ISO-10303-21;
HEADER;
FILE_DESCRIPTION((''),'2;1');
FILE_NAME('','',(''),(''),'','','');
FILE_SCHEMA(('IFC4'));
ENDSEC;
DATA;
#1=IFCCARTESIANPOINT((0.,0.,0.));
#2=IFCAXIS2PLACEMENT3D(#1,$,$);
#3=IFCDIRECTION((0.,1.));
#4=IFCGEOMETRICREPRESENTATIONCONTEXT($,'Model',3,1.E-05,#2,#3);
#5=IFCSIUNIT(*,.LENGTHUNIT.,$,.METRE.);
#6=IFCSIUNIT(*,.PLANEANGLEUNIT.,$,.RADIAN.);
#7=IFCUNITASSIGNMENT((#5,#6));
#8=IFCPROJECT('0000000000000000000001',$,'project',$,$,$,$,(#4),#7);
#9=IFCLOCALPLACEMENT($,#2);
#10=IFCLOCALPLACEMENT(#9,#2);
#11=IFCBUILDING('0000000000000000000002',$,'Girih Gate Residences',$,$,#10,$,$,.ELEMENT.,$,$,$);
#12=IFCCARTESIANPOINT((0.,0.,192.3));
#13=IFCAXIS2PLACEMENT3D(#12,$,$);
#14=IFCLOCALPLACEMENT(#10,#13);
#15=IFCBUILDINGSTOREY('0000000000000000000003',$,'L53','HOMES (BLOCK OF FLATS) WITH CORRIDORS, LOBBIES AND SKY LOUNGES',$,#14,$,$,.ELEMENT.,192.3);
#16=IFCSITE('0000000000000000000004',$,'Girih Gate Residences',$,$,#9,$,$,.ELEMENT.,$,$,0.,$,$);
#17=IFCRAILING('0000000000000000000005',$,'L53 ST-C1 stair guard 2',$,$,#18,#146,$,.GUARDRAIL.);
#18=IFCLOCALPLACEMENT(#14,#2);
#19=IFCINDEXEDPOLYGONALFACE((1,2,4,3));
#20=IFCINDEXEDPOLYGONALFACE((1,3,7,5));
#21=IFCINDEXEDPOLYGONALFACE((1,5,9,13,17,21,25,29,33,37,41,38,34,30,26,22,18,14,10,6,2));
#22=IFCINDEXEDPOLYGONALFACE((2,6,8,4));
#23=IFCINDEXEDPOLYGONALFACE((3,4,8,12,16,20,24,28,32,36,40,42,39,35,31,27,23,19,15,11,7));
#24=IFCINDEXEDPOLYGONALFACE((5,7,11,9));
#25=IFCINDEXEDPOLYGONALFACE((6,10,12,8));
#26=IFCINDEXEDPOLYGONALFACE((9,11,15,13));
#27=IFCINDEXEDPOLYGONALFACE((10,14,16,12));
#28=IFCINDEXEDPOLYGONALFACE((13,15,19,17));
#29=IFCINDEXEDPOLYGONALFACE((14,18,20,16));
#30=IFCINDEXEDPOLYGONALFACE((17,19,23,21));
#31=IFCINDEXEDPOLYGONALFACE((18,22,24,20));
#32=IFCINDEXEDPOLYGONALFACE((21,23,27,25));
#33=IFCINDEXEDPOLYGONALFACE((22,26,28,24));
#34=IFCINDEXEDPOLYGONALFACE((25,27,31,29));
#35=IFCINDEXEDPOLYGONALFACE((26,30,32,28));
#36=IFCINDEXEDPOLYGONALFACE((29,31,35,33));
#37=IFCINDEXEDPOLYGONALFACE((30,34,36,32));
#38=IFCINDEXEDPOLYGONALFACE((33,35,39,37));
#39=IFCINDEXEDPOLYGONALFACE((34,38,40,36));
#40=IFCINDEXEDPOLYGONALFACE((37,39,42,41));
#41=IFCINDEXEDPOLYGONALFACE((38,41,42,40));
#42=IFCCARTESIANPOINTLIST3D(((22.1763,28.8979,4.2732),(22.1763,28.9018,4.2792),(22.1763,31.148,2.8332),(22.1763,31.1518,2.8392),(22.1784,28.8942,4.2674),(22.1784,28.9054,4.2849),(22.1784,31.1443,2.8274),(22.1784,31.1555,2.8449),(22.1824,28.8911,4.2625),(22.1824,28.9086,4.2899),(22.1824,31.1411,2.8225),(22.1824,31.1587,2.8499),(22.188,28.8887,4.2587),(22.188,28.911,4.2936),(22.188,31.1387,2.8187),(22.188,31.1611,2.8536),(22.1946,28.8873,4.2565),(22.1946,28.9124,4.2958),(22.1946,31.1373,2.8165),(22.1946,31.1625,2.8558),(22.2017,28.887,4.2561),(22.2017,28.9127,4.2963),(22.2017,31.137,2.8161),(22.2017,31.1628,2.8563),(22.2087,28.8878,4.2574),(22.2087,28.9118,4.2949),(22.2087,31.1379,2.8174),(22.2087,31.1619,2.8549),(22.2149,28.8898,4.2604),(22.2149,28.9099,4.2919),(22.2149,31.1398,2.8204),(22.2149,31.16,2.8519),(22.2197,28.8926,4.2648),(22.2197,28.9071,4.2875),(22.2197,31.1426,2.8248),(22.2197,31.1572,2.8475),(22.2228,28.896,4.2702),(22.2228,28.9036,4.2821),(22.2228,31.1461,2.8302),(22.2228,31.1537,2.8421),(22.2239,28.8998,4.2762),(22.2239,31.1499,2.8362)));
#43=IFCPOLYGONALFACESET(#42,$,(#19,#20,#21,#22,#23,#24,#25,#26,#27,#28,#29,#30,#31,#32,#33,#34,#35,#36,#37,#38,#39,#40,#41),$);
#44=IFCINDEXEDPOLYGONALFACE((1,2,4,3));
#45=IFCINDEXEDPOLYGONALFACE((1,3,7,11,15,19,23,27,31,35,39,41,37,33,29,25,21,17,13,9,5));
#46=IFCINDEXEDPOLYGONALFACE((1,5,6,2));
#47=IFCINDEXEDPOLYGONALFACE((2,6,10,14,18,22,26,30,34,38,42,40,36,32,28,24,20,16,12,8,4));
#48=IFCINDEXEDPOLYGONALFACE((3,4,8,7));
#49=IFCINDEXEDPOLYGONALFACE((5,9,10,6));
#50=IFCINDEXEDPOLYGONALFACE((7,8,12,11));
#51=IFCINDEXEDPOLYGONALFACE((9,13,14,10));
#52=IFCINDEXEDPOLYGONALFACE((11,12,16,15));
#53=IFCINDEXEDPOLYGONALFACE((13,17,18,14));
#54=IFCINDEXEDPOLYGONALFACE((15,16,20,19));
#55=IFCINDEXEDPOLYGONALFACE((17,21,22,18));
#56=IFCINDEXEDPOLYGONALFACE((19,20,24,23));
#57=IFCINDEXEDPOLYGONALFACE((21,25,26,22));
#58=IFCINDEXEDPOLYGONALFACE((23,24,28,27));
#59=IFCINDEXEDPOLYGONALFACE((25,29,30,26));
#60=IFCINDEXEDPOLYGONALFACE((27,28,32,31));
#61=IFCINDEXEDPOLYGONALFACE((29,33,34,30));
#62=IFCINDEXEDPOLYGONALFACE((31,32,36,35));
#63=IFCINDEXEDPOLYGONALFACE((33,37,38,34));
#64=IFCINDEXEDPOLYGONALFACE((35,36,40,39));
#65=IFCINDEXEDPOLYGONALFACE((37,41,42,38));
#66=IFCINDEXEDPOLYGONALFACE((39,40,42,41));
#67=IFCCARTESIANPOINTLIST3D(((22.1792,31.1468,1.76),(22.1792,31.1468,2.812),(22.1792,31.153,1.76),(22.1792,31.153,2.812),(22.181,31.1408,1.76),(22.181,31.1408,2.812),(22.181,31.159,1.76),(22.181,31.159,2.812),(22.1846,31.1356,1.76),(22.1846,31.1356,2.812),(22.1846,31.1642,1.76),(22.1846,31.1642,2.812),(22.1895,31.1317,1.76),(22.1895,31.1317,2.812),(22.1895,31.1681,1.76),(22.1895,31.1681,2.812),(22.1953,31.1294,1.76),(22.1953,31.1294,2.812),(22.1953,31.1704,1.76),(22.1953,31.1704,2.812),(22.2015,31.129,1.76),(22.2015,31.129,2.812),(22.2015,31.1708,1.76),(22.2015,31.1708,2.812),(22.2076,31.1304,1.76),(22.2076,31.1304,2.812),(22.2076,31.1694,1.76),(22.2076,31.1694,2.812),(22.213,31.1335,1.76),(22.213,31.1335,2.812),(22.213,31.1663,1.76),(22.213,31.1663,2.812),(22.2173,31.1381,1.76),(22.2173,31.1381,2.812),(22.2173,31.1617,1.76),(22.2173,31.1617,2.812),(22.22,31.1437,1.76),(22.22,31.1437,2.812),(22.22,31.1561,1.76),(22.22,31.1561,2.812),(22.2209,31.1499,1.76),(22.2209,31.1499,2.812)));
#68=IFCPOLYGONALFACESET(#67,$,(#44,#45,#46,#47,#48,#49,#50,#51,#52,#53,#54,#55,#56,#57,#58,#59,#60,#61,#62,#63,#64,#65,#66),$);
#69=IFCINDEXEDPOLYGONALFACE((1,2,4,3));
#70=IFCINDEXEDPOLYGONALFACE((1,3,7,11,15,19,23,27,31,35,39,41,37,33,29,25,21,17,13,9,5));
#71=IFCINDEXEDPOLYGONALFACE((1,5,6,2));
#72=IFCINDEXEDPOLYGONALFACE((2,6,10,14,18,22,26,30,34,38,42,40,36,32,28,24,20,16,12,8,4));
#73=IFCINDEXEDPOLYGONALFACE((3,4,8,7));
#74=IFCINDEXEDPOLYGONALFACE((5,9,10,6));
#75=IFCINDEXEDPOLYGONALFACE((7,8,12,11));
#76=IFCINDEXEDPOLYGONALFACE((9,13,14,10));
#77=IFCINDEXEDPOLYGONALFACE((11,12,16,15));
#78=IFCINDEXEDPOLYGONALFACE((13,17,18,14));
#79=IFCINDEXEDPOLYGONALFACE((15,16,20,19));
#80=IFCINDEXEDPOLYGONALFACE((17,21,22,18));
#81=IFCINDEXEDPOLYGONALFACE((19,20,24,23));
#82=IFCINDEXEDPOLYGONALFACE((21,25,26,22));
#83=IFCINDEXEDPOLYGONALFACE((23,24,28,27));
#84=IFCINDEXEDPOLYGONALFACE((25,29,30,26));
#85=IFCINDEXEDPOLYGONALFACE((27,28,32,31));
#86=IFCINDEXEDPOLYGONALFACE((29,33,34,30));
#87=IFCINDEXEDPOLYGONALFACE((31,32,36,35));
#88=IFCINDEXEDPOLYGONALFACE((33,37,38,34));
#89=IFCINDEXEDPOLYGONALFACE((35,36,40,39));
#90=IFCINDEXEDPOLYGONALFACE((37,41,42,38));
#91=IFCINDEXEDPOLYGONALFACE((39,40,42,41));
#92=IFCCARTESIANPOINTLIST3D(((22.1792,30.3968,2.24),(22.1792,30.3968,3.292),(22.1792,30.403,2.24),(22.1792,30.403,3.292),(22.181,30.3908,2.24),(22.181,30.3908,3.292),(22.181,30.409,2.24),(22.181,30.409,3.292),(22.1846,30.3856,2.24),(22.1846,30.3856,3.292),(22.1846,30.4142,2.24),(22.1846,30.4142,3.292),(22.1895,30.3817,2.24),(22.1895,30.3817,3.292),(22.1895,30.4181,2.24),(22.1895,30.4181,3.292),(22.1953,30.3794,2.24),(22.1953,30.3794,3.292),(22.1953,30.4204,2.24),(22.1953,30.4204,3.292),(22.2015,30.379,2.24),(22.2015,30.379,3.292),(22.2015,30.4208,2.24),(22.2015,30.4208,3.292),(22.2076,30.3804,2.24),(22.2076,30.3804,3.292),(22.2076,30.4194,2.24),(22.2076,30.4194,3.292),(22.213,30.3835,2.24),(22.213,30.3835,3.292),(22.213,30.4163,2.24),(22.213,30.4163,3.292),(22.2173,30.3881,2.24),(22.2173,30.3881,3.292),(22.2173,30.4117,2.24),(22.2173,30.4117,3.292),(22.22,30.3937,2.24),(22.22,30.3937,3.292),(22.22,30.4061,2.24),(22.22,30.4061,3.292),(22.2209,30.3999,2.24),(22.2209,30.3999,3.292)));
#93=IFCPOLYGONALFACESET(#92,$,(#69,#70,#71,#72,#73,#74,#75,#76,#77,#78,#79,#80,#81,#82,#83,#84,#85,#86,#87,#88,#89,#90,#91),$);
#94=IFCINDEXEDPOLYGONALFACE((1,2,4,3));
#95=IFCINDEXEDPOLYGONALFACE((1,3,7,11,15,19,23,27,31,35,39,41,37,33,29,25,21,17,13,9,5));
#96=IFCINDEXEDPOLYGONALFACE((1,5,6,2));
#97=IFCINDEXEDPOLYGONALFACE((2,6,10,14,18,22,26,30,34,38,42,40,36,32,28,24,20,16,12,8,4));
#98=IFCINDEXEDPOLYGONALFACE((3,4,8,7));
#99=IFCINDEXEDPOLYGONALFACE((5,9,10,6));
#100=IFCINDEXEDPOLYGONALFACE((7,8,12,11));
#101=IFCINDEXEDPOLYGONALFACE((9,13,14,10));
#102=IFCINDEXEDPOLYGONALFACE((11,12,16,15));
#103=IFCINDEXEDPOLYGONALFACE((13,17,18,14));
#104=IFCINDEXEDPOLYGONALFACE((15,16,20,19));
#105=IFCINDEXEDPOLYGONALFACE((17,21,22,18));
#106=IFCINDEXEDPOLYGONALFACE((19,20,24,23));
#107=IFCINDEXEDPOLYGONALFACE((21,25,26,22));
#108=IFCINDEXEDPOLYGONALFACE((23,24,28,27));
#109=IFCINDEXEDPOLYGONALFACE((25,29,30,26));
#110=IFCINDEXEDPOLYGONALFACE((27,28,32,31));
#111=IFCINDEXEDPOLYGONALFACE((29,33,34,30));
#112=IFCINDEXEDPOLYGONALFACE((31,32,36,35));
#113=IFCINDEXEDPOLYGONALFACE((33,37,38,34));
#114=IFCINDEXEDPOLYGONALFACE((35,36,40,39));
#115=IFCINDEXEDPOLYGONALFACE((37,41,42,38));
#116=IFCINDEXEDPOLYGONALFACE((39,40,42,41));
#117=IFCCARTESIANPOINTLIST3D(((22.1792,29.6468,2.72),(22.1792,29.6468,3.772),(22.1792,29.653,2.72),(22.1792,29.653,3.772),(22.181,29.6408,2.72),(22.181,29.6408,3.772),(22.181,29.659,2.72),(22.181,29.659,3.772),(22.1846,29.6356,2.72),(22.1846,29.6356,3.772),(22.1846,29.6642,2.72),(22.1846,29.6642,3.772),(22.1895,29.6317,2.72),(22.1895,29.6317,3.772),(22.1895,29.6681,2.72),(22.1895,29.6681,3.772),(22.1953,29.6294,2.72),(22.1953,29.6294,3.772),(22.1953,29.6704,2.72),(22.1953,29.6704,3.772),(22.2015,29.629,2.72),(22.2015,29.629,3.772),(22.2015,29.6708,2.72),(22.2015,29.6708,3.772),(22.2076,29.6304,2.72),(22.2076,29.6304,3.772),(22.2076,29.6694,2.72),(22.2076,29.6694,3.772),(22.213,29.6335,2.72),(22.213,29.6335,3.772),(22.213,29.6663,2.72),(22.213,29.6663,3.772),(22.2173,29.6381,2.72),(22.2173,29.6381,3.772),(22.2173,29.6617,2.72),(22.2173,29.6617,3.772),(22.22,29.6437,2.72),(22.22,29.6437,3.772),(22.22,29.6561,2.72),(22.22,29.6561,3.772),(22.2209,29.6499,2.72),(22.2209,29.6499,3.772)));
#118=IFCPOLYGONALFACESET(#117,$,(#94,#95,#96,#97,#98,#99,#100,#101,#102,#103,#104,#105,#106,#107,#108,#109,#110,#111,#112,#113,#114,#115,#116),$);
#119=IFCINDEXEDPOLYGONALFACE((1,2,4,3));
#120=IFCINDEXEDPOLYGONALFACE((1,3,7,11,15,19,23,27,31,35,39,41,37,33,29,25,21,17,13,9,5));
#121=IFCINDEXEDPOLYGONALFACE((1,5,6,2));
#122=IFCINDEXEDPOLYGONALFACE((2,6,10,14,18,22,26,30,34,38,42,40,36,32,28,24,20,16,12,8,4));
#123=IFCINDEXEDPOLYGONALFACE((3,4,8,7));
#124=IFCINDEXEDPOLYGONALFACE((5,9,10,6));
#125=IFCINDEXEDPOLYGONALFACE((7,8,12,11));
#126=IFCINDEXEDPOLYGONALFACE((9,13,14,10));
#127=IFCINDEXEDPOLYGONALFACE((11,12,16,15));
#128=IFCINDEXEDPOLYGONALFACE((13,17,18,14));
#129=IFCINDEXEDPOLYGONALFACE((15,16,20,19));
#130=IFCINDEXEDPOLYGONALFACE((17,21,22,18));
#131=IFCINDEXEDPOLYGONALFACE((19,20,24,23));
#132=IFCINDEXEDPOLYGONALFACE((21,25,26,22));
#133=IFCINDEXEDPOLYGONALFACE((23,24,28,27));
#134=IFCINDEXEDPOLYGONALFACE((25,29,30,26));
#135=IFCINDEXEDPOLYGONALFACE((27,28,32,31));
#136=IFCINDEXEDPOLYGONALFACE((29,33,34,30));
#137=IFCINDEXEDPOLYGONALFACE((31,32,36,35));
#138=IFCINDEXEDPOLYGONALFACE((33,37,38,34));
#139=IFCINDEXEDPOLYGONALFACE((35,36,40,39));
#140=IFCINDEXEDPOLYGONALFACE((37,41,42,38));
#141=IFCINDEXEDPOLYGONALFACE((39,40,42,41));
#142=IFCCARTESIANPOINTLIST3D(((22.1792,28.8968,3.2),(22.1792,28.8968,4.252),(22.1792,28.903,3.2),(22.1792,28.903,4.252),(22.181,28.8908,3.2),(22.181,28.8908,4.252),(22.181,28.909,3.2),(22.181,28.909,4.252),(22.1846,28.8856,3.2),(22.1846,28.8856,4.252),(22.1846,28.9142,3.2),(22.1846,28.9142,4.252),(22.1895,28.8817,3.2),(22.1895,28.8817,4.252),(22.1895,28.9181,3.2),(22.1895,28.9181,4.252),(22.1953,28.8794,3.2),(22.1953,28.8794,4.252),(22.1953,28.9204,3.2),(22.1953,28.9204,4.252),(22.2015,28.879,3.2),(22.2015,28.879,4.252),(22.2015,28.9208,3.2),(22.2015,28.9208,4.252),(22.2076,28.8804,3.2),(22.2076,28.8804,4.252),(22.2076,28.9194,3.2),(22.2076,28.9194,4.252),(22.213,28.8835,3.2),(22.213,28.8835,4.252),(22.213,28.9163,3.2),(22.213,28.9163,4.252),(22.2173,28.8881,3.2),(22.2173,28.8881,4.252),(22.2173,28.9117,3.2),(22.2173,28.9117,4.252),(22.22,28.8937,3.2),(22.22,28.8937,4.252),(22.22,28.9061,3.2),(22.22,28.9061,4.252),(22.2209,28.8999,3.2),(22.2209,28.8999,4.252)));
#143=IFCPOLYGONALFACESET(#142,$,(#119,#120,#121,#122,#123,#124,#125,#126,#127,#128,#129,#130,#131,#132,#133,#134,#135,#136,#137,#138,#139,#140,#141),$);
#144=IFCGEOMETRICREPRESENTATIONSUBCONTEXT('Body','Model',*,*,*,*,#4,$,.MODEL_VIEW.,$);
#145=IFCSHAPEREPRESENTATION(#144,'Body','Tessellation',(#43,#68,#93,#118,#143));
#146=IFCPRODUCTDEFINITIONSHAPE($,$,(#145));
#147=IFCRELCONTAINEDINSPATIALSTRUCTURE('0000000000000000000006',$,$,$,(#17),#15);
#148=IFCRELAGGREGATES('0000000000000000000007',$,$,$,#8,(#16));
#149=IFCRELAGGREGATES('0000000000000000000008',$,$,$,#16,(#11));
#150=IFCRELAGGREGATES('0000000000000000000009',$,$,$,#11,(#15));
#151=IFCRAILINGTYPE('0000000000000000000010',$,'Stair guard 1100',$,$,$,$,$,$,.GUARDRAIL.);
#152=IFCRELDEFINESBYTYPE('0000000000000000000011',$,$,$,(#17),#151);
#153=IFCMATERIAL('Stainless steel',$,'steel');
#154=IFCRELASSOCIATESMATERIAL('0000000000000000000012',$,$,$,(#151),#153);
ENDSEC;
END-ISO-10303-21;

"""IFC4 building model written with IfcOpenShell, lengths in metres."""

from ifc_helpers import new_model, si_unit, direction, frame, origin, origin_2d, place, context, subcontext, project, spatial, circle, extrude, material, type_object, element, save


model = new_model("IFC4")

# Units and contexts
model_context = context("Model", 3, precision=1e-05, world=origin(), true_north=direction((0.0, 1.0)))
body_context = subcontext(model_context, "Body", "Model", "MODEL_VIEW")
ifc_project = project(units=[si_unit("LENGTHUNIT", "METRE"), si_unit("PLANEANGLEUNIT", "RADIAN")], contexts=[model_context])

# Site, building, storey
site_placement = place(None, origin())
site = spatial("IfcSite", under=ifc_project, at=site_placement, Name="Girih Gate Residences", CompositionType="ELEMENT", RefElevation=0.0)
building_placement = place(site_placement, origin())
building = spatial("IfcBuilding", under=site, at=building_placement, Name="Girih Gate Residences", CompositionType="ELEMENT")
storey_placement = place(building_placement, frame((0.0, 0.0, 192.3)))
storey = spatial("IfcBuildingStorey", under=building, at=storey_placement, Name="L53", Description="HOMES (BLOCK OF FLATS) WITH CORRIDORS, LOBBIES AND SKY LOUNGES", CompositionType="ELEMENT", Elevation=192.3)

# Railing
ifc_material_1 = material(Name="Stainless steel", Category="steel")
railing_type_1 = type_object("IfcRailingType", Name="Stair guard 1100", PredefinedType="GUARDRAIL", material=ifc_material_1)
railing_1_placement = place(storey_placement, frame((22.2, 31.1499, 1.76)))
element("IfcRailing", 1, at=railing_1_placement, inside=storey, type_object=railing_type_1, Name="L53 ST-C1 stair guard 2", PredefinedType="GUARDRAIL", context=body_context, shape_type="SweptSolid", body=[
    extrude(circle(Radius=0.0239, at=origin_2d()), frame((0.0, 0.0, 1.0762), z_axis=(0.0, -0.842281, 0.539038), x_axis=(1.0, 0.0, 0.0)), (0.0, 0.0, 1.0), 2.6714),
    extrude(circle(Radius=0.021, at=origin_2d()), origin(), (0.0, 0.0, 1.0), 1.052),
    extrude(circle(Radius=0.021, at=origin_2d()), frame((0.0, -0.75, 0.48)), (0.0, 0.0, 1.0), 1.052),
    extrude(circle(Radius=0.021, at=origin_2d()), frame((0.0, -1.5, 0.96)), (0.0, 0.0, 1.0), 1.052),
    extrude(circle(Radius=0.021, at=origin_2d()), frame((0.0, -2.25, 1.4399)), (0.0, 0.0, 1.0), 1.052),
])

save(model, "model.ifc")
